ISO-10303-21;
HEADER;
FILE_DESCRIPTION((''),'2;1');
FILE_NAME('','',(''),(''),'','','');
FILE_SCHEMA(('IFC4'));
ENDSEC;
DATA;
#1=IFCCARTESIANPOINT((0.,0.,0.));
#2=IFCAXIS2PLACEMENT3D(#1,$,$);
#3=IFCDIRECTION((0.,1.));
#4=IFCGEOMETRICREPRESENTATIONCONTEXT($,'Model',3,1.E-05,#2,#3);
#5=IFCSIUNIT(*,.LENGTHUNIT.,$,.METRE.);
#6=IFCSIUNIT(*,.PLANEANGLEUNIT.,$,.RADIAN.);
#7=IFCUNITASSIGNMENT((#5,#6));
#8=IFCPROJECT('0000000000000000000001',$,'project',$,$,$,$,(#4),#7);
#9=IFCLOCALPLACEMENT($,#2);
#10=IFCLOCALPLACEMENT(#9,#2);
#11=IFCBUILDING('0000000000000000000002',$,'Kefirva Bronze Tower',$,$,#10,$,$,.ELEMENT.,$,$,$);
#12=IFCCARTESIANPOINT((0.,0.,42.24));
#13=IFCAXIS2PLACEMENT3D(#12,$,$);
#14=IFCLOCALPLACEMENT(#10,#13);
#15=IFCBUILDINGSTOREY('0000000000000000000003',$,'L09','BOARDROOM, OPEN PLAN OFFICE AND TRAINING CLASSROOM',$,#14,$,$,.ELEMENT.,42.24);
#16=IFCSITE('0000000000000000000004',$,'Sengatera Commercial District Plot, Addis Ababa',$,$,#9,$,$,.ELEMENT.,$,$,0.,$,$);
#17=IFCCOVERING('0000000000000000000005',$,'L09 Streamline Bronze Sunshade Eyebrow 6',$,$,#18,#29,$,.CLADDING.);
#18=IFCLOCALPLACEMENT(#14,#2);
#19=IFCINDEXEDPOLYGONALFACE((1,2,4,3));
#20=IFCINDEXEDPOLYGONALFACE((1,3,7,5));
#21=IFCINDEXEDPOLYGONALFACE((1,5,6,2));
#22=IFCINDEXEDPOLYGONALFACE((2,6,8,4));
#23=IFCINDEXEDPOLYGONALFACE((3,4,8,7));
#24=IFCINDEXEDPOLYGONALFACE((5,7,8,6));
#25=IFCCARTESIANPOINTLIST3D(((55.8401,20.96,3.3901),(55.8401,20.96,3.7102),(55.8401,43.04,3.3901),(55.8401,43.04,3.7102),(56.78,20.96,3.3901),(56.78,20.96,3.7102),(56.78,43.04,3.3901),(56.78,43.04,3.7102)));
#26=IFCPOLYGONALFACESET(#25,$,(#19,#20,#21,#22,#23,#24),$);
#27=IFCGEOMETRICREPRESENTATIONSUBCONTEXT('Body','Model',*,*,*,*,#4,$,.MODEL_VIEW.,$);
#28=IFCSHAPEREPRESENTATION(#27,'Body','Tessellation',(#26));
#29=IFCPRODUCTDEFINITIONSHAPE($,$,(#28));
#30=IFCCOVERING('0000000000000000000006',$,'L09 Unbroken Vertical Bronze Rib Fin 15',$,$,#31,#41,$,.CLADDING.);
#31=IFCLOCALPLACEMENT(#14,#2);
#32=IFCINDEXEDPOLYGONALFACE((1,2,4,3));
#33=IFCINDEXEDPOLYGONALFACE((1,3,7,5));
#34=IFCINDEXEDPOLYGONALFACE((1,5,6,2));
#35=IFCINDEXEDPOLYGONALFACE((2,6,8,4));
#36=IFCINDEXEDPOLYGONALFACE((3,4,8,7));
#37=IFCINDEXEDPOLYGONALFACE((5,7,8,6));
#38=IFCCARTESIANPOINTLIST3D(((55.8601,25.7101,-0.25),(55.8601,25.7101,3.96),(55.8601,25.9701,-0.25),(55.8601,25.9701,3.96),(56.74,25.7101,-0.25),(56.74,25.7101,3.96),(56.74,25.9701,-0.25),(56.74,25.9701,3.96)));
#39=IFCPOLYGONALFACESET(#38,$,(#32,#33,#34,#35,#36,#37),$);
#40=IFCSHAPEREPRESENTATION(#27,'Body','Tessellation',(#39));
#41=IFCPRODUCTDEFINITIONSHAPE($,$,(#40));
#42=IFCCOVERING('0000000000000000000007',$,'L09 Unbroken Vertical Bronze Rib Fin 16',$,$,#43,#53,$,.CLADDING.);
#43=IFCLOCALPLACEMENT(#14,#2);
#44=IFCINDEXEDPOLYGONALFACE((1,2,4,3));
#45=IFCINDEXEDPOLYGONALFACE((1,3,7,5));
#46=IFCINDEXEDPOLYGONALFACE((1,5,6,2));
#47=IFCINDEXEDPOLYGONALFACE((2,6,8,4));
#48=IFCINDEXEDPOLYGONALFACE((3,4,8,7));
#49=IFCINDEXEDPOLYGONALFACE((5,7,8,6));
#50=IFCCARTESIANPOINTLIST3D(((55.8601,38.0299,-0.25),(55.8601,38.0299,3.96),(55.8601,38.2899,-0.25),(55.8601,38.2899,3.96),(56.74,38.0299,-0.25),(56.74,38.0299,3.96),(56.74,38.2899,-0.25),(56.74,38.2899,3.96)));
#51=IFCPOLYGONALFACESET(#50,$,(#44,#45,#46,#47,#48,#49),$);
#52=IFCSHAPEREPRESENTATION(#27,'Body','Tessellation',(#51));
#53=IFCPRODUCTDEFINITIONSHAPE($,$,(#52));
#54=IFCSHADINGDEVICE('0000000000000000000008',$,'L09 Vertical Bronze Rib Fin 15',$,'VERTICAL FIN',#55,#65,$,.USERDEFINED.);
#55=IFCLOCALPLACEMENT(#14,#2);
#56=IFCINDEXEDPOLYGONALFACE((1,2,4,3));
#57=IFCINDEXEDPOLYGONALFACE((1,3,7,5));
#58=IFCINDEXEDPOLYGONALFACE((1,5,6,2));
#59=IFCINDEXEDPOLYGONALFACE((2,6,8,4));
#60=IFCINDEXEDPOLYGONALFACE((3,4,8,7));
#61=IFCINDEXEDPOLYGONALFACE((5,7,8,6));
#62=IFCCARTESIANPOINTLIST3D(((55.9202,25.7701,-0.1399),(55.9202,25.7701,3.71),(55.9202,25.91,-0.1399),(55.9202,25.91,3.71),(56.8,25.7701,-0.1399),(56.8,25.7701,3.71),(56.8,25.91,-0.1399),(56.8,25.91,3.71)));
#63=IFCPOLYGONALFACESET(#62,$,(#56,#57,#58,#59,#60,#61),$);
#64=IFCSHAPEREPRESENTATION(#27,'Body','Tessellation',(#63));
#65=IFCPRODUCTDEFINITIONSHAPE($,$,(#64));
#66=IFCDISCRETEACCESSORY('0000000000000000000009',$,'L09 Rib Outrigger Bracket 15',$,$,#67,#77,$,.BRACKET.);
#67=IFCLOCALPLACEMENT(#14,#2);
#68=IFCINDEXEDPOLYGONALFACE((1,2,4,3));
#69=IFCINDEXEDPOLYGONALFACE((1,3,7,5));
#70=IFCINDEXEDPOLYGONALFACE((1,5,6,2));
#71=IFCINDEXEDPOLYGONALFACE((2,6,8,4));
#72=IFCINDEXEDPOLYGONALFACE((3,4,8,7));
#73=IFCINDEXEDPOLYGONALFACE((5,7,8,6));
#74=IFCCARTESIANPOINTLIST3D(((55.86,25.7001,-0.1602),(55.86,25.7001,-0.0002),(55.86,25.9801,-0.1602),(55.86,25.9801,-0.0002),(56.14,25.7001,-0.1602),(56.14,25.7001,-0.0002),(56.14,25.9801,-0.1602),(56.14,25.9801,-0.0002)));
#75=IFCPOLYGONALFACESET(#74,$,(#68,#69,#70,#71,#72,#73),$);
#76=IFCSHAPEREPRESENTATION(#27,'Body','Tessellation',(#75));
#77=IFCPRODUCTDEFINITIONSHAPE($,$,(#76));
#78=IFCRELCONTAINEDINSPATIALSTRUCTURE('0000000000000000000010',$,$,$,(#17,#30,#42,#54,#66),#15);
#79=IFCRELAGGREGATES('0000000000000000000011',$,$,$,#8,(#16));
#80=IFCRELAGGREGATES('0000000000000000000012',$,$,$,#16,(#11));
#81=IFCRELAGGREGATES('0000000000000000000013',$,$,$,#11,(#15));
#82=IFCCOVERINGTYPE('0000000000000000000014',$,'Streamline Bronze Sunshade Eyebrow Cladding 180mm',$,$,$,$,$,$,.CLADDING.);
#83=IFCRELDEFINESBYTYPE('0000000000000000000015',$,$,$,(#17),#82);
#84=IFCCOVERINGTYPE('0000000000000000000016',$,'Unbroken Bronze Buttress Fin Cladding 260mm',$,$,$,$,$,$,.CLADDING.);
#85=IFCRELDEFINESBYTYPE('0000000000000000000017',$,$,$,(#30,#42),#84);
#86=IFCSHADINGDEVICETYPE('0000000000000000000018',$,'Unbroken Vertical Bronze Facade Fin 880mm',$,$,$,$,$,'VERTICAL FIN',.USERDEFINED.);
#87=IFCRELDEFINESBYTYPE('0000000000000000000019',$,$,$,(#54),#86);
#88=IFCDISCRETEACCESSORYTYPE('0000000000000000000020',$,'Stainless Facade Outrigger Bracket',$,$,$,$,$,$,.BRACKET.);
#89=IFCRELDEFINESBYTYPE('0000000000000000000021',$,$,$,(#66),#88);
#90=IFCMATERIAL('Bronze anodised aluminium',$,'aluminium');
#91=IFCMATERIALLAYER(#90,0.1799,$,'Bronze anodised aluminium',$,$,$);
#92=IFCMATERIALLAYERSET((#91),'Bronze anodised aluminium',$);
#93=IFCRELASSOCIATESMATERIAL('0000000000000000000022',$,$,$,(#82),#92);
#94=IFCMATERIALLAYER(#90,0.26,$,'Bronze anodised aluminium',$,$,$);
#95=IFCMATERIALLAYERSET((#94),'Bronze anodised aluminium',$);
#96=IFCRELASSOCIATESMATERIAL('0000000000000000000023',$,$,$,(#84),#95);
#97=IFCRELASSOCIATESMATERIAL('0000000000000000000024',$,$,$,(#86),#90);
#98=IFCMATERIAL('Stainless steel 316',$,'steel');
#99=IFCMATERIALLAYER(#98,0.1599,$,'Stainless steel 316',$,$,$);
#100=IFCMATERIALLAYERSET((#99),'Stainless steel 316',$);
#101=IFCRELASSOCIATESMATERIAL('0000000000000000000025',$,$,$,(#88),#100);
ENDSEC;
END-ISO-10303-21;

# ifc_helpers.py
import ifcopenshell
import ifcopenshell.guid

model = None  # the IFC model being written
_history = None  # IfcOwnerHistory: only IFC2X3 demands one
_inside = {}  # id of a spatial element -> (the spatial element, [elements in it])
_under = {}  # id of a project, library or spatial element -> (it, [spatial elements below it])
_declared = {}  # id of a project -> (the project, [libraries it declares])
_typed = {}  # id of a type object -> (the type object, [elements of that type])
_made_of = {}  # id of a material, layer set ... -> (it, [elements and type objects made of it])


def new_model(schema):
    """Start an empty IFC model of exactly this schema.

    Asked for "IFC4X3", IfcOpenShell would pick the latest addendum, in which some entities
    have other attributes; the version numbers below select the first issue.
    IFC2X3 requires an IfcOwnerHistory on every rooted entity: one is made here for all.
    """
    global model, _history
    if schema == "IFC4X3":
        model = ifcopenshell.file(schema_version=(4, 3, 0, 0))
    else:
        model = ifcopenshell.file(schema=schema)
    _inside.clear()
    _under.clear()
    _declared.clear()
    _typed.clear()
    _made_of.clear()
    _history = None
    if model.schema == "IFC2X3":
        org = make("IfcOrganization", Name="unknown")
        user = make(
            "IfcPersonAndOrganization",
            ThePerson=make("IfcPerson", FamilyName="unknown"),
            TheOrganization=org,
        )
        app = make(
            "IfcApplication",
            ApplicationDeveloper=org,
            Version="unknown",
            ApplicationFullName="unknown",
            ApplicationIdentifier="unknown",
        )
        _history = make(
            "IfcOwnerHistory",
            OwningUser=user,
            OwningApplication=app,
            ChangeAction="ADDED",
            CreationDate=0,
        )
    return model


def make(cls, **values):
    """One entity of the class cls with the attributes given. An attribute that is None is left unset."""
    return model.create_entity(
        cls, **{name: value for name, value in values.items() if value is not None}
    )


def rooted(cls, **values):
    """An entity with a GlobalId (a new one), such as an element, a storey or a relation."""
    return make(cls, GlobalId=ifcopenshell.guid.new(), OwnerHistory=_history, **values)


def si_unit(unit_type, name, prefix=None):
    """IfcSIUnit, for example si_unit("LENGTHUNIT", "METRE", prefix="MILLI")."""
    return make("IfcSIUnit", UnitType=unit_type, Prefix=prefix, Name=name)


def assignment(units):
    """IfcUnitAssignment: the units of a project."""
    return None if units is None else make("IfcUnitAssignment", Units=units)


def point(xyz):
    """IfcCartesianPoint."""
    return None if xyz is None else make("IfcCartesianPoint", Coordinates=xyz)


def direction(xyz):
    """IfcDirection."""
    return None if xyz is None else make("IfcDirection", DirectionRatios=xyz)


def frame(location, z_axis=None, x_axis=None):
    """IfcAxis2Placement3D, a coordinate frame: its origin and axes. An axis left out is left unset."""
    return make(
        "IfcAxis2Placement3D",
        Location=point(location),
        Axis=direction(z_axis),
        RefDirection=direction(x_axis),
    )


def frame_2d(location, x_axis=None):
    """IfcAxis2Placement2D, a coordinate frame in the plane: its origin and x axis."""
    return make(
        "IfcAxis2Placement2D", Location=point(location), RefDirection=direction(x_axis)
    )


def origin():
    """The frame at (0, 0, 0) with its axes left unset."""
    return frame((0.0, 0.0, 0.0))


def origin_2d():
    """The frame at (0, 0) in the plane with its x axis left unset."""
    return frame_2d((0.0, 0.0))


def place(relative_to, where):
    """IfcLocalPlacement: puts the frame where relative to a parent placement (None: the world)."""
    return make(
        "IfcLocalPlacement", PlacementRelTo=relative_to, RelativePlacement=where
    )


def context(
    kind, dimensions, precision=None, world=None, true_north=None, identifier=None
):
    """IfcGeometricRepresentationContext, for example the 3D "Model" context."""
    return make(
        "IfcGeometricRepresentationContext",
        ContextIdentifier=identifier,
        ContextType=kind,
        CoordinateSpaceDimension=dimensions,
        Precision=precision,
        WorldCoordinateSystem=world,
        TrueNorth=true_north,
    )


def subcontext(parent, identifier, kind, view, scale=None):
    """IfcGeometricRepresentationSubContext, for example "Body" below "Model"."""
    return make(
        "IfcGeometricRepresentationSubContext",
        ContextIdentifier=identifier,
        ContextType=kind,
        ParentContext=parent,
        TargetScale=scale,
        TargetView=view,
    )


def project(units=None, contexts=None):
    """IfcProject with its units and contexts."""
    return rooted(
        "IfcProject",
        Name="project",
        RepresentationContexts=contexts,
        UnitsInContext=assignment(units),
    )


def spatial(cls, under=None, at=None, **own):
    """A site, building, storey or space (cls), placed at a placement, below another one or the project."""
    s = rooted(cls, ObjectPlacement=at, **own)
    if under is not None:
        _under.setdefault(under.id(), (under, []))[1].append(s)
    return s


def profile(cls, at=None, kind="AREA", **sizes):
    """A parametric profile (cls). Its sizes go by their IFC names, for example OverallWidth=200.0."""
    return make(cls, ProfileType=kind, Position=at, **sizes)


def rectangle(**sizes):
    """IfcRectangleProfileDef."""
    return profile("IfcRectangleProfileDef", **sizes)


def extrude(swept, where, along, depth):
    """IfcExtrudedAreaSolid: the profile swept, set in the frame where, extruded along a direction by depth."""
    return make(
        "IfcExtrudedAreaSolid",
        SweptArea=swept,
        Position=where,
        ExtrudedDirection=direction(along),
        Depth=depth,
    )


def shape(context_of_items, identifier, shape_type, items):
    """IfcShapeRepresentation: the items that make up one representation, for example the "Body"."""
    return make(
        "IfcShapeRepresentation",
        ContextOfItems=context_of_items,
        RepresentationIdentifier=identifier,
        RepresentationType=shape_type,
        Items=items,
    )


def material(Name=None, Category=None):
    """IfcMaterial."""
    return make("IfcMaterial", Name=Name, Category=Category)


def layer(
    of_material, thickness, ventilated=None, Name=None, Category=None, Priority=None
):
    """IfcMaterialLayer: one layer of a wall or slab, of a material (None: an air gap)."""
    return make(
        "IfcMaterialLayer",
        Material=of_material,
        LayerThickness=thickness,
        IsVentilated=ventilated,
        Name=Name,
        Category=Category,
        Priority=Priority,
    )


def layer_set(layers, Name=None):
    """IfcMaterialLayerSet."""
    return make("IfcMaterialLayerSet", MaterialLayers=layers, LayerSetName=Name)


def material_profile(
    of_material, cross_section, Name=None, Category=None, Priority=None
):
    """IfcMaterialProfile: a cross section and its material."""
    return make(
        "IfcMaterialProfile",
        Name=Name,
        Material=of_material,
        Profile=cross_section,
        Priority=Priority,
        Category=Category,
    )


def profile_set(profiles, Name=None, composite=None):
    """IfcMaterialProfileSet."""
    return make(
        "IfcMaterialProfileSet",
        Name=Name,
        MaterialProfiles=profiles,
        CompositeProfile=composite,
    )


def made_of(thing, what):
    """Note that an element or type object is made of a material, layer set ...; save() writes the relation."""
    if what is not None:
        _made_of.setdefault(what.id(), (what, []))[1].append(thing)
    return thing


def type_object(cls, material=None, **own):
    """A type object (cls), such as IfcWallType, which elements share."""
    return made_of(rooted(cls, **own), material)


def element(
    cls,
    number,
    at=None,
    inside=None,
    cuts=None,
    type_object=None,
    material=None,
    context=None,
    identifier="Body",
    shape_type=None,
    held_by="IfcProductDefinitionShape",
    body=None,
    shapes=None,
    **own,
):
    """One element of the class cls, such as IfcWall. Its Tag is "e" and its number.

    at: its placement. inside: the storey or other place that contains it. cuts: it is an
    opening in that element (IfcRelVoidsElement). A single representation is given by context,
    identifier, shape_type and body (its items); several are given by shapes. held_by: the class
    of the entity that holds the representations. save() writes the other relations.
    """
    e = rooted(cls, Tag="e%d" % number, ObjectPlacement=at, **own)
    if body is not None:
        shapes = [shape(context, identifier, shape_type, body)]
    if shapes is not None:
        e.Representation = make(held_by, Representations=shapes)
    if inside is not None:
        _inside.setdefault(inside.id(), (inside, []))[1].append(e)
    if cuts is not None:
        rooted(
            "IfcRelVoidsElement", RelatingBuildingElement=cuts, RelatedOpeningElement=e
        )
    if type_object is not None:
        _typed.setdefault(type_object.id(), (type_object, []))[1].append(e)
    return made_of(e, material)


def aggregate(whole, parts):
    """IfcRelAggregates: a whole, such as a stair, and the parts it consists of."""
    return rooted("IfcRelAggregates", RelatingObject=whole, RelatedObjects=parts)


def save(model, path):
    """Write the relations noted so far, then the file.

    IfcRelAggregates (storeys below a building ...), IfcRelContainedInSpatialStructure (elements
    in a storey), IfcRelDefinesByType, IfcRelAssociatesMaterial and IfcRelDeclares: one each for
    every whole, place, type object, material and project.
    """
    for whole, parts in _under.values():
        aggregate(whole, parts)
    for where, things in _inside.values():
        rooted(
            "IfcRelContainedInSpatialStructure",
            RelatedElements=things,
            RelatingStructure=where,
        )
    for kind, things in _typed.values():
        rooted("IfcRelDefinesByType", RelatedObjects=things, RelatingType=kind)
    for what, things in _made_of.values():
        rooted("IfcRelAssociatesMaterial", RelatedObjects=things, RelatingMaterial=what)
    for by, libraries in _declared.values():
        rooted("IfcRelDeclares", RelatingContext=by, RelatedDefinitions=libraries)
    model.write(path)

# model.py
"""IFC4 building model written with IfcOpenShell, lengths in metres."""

from ifc_helpers import new_model, si_unit, direction, frame, origin, origin_2d, place, context, subcontext, project, spatial, rectangle, extrude, material, layer, layer_set, material_profile, profile_set, type_object, element, save


model = new_model("IFC4")

# Units and contexts
model_context = context("Model", 3, precision=1e-05, world=origin(), true_north=direction((0.0, 1.0)))
body_context = subcontext(model_context, "Body", "Model", "MODEL_VIEW")
ifc_project = project(units=[si_unit("LENGTHUNIT", "METRE"), si_unit("PLANEANGLEUNIT", "RADIAN")], contexts=[model_context])

# Site, building, storey
site_placement = place(None, origin())
site = spatial("IfcSite", under=ifc_project, at=site_placement, Name="Sengatera Commercial District Plot, Addis Ababa", CompositionType="ELEMENT", RefElevation=0.0)
building_placement = place(site_placement, origin())
building = spatial("IfcBuilding", under=site, at=building_placement, Name="Kefirva Bronze Tower", CompositionType="ELEMENT")
storey_placement = place(building_placement, frame((0.0, 0.0, 42.24)))
storey = spatial("IfcBuildingStorey", under=building, at=storey_placement, Name="L09", Description="BOARDROOM, OPEN PLAN OFFICE AND TRAINING CLASSROOM", CompositionType="ELEMENT", Elevation=42.24)

# Shared definitions
ifc_material_1 = material(Name="Bronze anodised aluminium", Category="aluminium")

# Coverings
ifc_layer_1 = layer(ifc_material_1, 0.1799, Name="Bronze anodised aluminium")
ifc_layer_set_1 = layer_set([ifc_layer_1], Name="Bronze anodised aluminium")
covering_type_1 = type_object("IfcCoveringType", Name="Streamline Bronze Sunshade Eyebrow Cladding 180mm", PredefinedType="CLADDING", material=ifc_layer_set_1)
covering_1_placement = place(storey_placement, frame((56.3101, 32.0, 3.3901), z_axis=(0.0, 0.0, 1.0), x_axis=(0.0, 1.0, 0.0)))
element("IfcCovering", 1, at=covering_1_placement, inside=storey, type_object=covering_type_1, Name="L09 Streamline Bronze Sunshade Eyebrow 6", PredefinedType="CLADDING", context=body_context, shape_type="SweptSolid", body=[
    extrude(rectangle(XDim=22.0801, YDim=0.9399, at=origin_2d()), origin(), (0.0, 0.0, 1.0), 0.3201),
])
ifc_layer_2 = layer(ifc_material_1, 0.26, Name="Bronze anodised aluminium")
ifc_layer_set_2 = layer_set([ifc_layer_2], Name="Bronze anodised aluminium")
covering_type_2 = type_object("IfcCoveringType", Name="Unbroken Bronze Buttress Fin Cladding 260mm", PredefinedType="CLADDING", material=ifc_layer_set_2)
for number, where, z_axis, x_axis, name in (
    (2, (56.3, 25.8401, -0.25), (0.0, 0.0, 1.0), (0.0, 1.0, 0.0), "L09 Unbroken Vertical Bronze Rib Fin 15"),
    (3, (56.3, 38.1599, -0.25), (0.0, 0.0, 1.0), (0.0, 1.0, 0.0), "L09 Unbroken Vertical Bronze Rib Fin 16"),
):
    element("IfcCovering", number, at=place(storey_placement, frame(where, z_axis=z_axis, x_axis=x_axis)), inside=storey, type_object=covering_type_2, Name=name, PredefinedType="CLADDING", context=body_context, shape_type="SweptSolid", body=[
        extrude(rectangle(XDim=0.26, YDim=0.8799, at=origin_2d()), origin(), (0.0, 0.0, 1.0), 4.21),
    ])

# Shading device
ifc_material_profile_1 = material_profile(ifc_material_1, rectangle(XDim=0.1399, YDim=0.8799, at=origin_2d()), Name="BRONZE FIN 140x880")
ifc_profile_set_1 = profile_set([ifc_material_profile_1], Name="Bronze anodised aluminium")
shading_device_type = type_object("IfcShadingDeviceType", Name="Unbroken Vertical Bronze Facade Fin 880mm", ElementType="VERTICAL FIN", PredefinedType="USERDEFINED", material=ifc_profile_set_1)
shading_device_placement = place(storey_placement, frame((56.3601, 25.8401, -0.1399), z_axis=(0.0, 0.0, 1.0), x_axis=(0.0, 1.0, 0.0)))
element("IfcShadingDevice", 4, at=shading_device_placement, inside=storey, type_object=shading_device_type, Name="L09 Vertical Bronze Rib Fin 15", ObjectType="VERTICAL FIN", PredefinedType="USERDEFINED", context=body_context, shape_type="SweptSolid", body=[
    extrude(rectangle(XDim=0.1399, YDim=0.8799, at=origin_2d()), origin(), (0.0, 0.0, 1.0), 3.8499),
])

# Discrete accessory
ifc_material_2 = material(Name="Stainless steel 316", Category="steel")
ifc_layer_3 = layer(ifc_material_2, 0.1599, Name="Stainless steel 316")
ifc_layer_set_3 = layer_set([ifc_layer_3], Name="Stainless steel 316")
discrete_accessory_type = type_object("IfcDiscreteAccessoryType", Name="Stainless Facade Outrigger Bracket", PredefinedType="BRACKET", material=ifc_layer_set_3)
discrete_accessory_placement = place(storey_placement, frame((56.0, 25.8401, -0.1602), z_axis=(0.0, 0.0, 1.0), x_axis=(0.0, 1.0, 0.0)))
element("IfcDiscreteAccessory", 5, at=discrete_accessory_placement, inside=storey, type_object=discrete_accessory_type, Name="L09 Rib Outrigger Bracket 15", PredefinedType="BRACKET", context=body_context, shape_type="SweptSolid", body=[
    extrude(rectangle(XDim=0.28, YDim=0.28, at=origin_2d()), origin(), (0.0, 0.0, 1.0), 0.1599),
])

save(model, "model.ifc")
